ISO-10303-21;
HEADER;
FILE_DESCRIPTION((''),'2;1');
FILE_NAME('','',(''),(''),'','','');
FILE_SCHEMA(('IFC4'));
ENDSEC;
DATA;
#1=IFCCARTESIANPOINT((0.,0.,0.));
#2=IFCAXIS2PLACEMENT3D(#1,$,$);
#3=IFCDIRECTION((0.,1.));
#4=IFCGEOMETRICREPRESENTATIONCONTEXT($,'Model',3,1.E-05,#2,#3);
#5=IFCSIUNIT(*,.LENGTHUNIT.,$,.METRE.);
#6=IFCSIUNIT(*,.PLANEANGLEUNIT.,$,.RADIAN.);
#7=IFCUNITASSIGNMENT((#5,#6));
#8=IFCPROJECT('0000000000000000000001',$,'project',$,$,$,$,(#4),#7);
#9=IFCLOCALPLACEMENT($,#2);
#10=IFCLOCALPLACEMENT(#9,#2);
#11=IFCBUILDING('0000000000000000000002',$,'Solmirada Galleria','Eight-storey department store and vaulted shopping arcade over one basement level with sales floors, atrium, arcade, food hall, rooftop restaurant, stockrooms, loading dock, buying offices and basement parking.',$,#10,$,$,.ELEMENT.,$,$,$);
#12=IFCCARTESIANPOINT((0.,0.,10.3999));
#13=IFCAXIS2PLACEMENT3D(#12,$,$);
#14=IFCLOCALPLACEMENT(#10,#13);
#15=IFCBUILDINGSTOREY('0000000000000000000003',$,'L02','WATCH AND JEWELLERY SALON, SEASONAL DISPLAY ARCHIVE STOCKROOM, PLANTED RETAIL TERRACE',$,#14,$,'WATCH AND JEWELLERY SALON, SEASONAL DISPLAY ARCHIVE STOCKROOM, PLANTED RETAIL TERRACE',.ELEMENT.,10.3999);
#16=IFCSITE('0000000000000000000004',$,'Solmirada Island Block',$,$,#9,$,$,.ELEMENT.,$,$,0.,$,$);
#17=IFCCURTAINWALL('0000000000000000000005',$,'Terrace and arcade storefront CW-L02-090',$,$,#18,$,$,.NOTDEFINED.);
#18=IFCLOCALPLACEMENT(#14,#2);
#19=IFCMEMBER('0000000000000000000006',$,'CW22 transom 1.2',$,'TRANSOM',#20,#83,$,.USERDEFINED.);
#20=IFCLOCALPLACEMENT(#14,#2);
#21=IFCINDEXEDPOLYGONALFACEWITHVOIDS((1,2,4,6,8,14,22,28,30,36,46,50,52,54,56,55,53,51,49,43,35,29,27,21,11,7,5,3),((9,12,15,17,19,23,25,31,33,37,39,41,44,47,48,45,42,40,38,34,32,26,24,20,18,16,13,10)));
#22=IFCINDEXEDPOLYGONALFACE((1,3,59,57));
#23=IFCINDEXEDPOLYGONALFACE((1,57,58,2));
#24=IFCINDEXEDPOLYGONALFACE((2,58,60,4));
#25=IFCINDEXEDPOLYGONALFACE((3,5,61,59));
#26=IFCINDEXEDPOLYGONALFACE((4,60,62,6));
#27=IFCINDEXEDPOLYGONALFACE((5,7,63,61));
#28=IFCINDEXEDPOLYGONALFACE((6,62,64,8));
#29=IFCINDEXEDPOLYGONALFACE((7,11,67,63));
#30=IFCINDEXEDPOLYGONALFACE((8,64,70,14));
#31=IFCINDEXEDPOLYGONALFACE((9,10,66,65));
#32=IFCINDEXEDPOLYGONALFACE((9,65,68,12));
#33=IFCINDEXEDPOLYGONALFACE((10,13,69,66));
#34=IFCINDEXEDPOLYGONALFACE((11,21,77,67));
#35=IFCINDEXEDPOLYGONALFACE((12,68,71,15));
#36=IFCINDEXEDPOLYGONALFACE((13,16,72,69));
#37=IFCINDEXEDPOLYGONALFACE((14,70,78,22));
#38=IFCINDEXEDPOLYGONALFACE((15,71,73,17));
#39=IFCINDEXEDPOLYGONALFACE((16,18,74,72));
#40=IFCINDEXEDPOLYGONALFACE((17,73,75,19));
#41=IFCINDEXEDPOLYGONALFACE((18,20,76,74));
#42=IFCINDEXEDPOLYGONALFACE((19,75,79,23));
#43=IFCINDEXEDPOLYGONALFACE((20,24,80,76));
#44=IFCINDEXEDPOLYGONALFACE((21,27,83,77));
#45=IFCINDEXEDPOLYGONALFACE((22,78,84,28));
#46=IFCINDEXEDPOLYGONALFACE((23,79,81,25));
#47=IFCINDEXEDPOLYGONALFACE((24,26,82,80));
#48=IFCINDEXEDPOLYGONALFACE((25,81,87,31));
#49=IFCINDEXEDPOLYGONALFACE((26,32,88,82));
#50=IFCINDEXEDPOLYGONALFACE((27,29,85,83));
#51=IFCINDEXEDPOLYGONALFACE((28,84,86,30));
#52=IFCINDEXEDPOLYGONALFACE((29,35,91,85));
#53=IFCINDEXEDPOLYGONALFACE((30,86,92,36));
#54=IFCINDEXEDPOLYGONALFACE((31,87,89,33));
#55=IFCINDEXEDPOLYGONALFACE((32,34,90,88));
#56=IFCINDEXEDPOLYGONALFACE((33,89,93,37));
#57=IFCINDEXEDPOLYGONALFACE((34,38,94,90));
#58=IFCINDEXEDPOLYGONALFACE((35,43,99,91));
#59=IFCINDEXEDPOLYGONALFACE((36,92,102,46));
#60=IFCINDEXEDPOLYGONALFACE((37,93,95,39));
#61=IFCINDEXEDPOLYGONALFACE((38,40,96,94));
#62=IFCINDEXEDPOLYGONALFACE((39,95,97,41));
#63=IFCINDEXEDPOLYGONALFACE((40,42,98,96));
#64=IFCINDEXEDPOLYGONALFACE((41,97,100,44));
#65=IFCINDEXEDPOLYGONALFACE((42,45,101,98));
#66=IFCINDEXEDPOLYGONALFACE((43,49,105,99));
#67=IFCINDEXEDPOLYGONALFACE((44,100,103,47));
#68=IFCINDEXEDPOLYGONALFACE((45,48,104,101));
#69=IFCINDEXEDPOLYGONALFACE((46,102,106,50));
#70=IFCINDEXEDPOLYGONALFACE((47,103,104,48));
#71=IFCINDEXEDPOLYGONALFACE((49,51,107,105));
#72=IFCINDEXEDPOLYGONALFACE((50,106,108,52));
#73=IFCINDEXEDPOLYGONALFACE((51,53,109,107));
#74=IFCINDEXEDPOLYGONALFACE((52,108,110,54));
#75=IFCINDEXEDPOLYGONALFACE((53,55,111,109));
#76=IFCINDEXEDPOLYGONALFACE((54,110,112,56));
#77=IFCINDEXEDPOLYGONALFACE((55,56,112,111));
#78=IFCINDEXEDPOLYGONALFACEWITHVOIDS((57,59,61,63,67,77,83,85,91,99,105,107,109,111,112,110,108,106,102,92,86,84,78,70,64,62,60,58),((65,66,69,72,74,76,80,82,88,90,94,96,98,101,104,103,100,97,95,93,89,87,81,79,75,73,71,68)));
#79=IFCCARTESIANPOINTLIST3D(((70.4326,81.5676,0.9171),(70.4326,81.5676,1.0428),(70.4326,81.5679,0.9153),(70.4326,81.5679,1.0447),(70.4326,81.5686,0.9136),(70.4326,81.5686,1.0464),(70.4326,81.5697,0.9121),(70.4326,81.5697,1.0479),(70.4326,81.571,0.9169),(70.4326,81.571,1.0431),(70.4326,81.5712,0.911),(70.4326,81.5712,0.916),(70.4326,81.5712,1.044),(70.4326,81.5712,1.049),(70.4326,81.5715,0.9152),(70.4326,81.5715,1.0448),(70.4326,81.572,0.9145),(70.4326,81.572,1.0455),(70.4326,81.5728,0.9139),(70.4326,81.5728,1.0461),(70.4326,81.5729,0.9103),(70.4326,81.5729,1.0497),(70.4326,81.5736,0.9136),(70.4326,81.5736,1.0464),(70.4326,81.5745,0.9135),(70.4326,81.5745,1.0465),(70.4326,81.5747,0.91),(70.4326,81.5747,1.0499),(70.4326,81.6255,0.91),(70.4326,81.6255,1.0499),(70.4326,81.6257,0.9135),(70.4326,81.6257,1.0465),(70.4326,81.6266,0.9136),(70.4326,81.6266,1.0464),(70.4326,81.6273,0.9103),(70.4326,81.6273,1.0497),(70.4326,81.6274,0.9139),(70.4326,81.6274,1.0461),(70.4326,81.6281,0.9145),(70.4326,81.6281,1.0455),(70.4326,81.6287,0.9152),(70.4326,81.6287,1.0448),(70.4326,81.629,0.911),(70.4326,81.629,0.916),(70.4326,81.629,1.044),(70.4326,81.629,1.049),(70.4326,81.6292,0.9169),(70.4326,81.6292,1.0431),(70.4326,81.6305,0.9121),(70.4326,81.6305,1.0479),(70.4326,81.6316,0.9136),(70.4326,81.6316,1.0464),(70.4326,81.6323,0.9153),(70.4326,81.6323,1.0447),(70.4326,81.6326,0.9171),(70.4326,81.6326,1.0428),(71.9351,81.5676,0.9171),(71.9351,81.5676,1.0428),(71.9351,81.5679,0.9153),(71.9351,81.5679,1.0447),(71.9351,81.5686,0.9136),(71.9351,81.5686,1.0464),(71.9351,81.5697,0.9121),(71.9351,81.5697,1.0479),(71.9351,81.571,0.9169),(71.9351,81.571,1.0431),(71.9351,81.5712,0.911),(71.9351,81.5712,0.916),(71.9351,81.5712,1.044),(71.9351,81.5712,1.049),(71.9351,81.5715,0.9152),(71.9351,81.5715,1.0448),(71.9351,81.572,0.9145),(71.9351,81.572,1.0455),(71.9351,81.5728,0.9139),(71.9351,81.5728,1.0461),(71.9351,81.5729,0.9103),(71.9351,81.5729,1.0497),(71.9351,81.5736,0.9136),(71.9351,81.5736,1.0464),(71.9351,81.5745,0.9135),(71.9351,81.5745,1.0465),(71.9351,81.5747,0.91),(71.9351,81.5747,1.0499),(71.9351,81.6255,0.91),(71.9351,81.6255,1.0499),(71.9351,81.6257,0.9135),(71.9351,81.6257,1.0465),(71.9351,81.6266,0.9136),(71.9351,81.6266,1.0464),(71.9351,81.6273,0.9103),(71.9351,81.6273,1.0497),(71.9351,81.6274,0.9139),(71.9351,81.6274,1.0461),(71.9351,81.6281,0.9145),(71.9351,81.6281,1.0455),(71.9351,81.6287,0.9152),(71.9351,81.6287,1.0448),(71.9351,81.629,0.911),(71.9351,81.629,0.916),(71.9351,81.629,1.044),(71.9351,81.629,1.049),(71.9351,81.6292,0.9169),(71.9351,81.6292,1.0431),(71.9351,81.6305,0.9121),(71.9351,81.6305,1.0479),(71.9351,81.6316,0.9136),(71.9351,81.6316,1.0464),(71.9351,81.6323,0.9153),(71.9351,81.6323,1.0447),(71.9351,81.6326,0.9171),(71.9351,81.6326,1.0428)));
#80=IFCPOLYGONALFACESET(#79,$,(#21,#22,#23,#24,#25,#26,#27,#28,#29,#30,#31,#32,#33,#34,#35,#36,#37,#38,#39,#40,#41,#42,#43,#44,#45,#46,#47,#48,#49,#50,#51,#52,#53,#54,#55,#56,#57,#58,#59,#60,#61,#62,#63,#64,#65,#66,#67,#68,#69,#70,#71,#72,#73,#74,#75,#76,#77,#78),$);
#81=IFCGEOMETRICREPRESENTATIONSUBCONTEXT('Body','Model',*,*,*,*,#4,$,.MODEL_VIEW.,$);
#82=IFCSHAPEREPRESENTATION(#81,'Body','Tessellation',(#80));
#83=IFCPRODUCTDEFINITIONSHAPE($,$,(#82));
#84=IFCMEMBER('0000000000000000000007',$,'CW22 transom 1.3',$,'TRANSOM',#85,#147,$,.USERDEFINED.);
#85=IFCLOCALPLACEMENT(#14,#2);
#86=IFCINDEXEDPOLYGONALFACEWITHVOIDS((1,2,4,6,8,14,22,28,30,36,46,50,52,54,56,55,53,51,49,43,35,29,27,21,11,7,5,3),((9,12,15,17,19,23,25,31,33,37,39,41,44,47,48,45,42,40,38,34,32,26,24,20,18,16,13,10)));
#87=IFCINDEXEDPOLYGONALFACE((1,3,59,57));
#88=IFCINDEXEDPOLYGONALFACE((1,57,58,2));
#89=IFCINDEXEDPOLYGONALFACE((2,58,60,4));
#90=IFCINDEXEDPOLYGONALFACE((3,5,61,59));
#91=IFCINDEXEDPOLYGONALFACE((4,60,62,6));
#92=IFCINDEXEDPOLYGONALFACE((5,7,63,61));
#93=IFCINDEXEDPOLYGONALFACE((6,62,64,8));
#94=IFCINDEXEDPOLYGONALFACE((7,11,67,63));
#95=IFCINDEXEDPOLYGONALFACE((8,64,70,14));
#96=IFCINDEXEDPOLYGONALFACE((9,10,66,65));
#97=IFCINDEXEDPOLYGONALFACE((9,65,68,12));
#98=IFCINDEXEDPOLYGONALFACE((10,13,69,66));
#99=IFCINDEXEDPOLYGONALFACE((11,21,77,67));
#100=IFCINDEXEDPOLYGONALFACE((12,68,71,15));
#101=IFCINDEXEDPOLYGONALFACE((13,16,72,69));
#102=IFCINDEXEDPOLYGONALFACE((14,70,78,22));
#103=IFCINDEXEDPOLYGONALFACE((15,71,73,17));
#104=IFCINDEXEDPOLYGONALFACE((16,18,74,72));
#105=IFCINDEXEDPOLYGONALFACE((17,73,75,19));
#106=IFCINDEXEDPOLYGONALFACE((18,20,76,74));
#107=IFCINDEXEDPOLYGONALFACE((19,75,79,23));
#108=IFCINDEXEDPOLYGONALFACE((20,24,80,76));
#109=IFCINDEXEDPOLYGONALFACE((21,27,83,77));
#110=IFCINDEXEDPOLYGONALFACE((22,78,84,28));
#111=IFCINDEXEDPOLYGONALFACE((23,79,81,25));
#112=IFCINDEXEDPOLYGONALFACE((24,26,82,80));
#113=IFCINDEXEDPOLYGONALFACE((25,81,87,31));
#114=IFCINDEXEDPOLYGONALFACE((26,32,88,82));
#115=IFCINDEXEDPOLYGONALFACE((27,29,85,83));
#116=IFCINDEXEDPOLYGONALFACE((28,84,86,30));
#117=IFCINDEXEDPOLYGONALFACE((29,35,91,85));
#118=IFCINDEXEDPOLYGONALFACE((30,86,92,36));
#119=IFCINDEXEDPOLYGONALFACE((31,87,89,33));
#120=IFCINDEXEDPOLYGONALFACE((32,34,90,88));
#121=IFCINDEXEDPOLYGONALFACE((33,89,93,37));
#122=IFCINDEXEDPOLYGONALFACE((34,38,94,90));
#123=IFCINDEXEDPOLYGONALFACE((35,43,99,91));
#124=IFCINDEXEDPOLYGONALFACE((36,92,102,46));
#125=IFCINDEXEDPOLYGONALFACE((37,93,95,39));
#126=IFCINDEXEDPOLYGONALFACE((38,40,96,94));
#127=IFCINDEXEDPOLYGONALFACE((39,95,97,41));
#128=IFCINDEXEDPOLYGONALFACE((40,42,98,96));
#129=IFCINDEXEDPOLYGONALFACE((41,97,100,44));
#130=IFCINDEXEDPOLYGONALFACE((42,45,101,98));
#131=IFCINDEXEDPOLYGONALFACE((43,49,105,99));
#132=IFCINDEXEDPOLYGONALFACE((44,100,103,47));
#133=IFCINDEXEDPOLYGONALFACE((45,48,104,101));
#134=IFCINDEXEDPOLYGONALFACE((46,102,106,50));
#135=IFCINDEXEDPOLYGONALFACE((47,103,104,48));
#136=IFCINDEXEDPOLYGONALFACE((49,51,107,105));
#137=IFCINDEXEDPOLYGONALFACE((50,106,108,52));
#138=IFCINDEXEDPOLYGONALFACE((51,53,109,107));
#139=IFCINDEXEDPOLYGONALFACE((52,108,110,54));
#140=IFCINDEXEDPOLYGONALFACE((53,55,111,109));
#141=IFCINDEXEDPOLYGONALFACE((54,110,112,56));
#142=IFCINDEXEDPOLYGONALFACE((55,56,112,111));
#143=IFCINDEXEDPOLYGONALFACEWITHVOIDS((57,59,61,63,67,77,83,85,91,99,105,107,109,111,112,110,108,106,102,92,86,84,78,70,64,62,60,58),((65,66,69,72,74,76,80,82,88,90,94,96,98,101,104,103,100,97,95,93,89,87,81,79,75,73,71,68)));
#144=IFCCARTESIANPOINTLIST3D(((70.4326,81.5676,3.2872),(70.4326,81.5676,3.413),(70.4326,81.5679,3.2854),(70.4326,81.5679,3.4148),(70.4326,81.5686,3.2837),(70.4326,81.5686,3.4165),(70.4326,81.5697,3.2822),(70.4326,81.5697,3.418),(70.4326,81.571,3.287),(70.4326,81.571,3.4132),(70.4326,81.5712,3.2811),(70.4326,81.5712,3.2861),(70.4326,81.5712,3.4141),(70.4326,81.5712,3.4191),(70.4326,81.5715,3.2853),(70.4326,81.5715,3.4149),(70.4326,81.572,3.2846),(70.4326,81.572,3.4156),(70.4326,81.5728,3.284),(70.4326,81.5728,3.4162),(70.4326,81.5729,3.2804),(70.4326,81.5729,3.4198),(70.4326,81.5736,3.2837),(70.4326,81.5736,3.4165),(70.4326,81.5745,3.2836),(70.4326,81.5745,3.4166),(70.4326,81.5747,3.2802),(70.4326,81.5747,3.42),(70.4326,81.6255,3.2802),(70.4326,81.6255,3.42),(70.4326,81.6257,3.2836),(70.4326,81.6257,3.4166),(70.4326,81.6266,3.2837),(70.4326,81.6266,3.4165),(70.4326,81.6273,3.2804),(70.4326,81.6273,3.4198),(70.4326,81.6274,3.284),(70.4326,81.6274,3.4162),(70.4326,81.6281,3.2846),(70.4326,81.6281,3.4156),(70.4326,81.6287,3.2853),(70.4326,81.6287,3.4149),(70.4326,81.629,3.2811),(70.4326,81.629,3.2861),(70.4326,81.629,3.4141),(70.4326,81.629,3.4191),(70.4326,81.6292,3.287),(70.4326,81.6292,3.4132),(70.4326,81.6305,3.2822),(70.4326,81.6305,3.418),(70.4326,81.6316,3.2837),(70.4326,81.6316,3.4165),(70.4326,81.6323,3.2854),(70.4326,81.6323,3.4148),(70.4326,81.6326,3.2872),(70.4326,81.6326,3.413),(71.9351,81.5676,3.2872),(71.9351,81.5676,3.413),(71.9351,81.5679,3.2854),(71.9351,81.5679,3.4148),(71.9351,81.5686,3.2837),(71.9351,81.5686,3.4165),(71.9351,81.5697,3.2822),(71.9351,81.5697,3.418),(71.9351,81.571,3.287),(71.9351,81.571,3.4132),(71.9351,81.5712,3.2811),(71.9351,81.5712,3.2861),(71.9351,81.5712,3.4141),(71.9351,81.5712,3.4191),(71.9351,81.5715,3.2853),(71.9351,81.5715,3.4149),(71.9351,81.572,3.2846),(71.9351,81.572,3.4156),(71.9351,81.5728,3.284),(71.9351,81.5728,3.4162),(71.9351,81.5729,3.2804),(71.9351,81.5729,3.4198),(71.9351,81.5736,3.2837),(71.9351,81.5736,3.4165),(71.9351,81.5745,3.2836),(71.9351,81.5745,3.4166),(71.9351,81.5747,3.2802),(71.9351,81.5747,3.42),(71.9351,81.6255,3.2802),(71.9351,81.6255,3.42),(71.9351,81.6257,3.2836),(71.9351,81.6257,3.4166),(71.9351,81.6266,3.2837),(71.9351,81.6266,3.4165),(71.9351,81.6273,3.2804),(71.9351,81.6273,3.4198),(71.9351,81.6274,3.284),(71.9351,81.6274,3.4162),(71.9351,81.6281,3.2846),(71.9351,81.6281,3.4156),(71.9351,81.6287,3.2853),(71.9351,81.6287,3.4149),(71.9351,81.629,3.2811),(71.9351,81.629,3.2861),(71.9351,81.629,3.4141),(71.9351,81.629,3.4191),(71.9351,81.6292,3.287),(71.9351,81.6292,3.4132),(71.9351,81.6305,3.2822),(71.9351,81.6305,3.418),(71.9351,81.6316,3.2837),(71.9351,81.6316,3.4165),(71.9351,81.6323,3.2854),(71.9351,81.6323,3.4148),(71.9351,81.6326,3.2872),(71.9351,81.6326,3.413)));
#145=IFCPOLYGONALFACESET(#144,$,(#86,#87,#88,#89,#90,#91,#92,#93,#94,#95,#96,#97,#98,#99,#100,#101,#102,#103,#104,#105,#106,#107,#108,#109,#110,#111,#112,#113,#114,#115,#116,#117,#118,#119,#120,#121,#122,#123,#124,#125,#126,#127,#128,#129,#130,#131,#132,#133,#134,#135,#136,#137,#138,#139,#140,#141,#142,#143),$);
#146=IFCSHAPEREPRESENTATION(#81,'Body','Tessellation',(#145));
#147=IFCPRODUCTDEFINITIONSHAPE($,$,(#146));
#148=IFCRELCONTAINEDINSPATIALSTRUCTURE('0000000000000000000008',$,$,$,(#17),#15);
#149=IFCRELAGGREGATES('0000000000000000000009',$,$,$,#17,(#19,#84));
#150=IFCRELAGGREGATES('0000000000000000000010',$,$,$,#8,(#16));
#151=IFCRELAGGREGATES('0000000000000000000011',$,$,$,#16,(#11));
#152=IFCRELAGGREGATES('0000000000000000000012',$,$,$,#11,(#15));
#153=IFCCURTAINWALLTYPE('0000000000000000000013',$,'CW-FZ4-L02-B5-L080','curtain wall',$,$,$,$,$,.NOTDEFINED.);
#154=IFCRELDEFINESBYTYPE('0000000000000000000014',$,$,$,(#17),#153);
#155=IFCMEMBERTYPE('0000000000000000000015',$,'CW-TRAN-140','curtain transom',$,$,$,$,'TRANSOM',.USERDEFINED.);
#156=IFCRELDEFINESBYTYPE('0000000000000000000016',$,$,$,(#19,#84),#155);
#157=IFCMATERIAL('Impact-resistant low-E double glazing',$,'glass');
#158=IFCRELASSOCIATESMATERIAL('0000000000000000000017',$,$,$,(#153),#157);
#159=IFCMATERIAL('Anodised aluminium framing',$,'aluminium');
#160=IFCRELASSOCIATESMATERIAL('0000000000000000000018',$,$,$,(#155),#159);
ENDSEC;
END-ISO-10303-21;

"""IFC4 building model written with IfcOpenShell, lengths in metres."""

from ifc_helpers import new_model, si_unit, direction, frame, origin, origin_2d, place, context, subcontext, project, spatial, hollow_rectangle, extrude, material, material_profile, profile_set, type_object, element, aggregate, save


model = new_model("IFC4")

# Units and contexts
model_context = context("Model", 3, precision=1e-05, world=origin(), true_north=direction((0.0, 1.0)))
body_context = subcontext(model_context, "Body", "Model", "MODEL_VIEW")
ifc_project = project(units=[si_unit("LENGTHUNIT", "METRE"), si_unit("PLANEANGLEUNIT", "RADIAN")], contexts=[model_context])

# Site, building, storey
site_placement = place(None, origin())
site = spatial("IfcSite", under=ifc_project, at=site_placement, Name="Solmirada Island Block", CompositionType="ELEMENT", RefElevation=0.0)
building_placement = place(site_placement, origin())
building = spatial("IfcBuilding", under=site, at=building_placement, Name="Solmirada Galleria", Description="Eight-storey department store and vaulted shopping arcade over one basement level with sales floors, atrium, arcade, food hall, rooftop restaurant, stockrooms, loading dock, buying offices and basement parking.", CompositionType="ELEMENT")
storey_placement = place(building_placement, frame((0.0, 0.0, 10.3999)))
storey = spatial("IfcBuildingStorey", under=building, at=storey_placement, Name="L02", Description="WATCH AND JEWELLERY SALON, SEASONAL DISPLAY ARCHIVE STOCKROOM, PLANTED RETAIL TERRACE", LongName="WATCH AND JEWELLERY SALON, SEASONAL DISPLAY ARCHIVE STOCKROOM, PLANTED RETAIL TERRACE", CompositionType="ELEMENT", Elevation=10.3999)

# Shared definitions
ifc_material_1 = material(Name="Impact-resistant low-E double glazing", Category="glass")
curtain_wall_type = type_object("IfcCurtainWallType", Name="CW-FZ4-L02-B5-L080", Description="curtain wall", PredefinedType="NOTDEFINED", material=ifc_material_1)
ifc_material_2 = material(Name="Anodised aluminium framing", Category="aluminium")

# Curtain wall
curtain_wall_1_placement = place(storey_placement, origin())
curtain_wall_1 = element("IfcCurtainWall", 1, at=curtain_wall_1_placement, inside=storey, type_object=curtain_wall_type, Name="Terrace and arcade storefront CW-L02-090", PredefinedType="NOTDEFINED")

# Members
ifc_material_profile_1 = material_profile(ifc_material_2, hollow_rectangle(XDim=0.0649, YDim=0.1399, WallThickness=0.0034, InnerFilletRadius=0.0034, OuterFilletRadius=0.0071, at=origin_2d()), Name="ALU-TRAN-140X65")
ifc_profile_set_1 = profile_set([ifc_material_profile_1], Name="Anodised aluminium framing")
member_type_1 = type_object("IfcMemberType", Name="CW-TRAN-140", Description="curtain transom", ElementType="TRANSOM", PredefinedType="USERDEFINED", material=ifc_profile_set_1)
member_1_placement = place(storey_placement, frame((71.9351, 81.6001, 0.98), z_axis=(-1.0, 0.0, 0.0), x_axis=(0.0, -1.0, 0.0)))
member_1 = element("IfcMember", 2, at=member_1_placement, type_object=member_type_1, Name="CW22 transom 1.2", ObjectType="TRANSOM", PredefinedType="USERDEFINED", context=body_context, shape_type="SweptSolid", body=[
    extrude(hollow_rectangle(XDim=0.0649, YDim=0.1399, WallThickness=0.0034, InnerFilletRadius=0.0034, OuterFilletRadius=0.0071, at=origin_2d()), origin(), (0.0, 0.0, 1.0), 1.5024),
])
member_2_placement = place(storey_placement, frame((71.9351, 81.6001, 3.3501), z_axis=(-1.0, 0.0, 0.0), x_axis=(0.0, -1.0, 0.0)))
member_2 = element("IfcMember", 3, at=member_2_placement, type_object=member_type_1, Name="CW22 transom 1.3", ObjectType="TRANSOM", PredefinedType="USERDEFINED", context=body_context, shape_type="SweptSolid", body=[
    extrude(hollow_rectangle(XDim=0.0649, YDim=0.1399, WallThickness=0.0034, InnerFilletRadius=0.0034, OuterFilletRadius=0.0071, at=origin_2d()), origin(), (0.0, 0.0, 1.0), 1.5024),
])

aggregate(curtain_wall_1, [member_1, member_2])

save(model, "model.ifc")
